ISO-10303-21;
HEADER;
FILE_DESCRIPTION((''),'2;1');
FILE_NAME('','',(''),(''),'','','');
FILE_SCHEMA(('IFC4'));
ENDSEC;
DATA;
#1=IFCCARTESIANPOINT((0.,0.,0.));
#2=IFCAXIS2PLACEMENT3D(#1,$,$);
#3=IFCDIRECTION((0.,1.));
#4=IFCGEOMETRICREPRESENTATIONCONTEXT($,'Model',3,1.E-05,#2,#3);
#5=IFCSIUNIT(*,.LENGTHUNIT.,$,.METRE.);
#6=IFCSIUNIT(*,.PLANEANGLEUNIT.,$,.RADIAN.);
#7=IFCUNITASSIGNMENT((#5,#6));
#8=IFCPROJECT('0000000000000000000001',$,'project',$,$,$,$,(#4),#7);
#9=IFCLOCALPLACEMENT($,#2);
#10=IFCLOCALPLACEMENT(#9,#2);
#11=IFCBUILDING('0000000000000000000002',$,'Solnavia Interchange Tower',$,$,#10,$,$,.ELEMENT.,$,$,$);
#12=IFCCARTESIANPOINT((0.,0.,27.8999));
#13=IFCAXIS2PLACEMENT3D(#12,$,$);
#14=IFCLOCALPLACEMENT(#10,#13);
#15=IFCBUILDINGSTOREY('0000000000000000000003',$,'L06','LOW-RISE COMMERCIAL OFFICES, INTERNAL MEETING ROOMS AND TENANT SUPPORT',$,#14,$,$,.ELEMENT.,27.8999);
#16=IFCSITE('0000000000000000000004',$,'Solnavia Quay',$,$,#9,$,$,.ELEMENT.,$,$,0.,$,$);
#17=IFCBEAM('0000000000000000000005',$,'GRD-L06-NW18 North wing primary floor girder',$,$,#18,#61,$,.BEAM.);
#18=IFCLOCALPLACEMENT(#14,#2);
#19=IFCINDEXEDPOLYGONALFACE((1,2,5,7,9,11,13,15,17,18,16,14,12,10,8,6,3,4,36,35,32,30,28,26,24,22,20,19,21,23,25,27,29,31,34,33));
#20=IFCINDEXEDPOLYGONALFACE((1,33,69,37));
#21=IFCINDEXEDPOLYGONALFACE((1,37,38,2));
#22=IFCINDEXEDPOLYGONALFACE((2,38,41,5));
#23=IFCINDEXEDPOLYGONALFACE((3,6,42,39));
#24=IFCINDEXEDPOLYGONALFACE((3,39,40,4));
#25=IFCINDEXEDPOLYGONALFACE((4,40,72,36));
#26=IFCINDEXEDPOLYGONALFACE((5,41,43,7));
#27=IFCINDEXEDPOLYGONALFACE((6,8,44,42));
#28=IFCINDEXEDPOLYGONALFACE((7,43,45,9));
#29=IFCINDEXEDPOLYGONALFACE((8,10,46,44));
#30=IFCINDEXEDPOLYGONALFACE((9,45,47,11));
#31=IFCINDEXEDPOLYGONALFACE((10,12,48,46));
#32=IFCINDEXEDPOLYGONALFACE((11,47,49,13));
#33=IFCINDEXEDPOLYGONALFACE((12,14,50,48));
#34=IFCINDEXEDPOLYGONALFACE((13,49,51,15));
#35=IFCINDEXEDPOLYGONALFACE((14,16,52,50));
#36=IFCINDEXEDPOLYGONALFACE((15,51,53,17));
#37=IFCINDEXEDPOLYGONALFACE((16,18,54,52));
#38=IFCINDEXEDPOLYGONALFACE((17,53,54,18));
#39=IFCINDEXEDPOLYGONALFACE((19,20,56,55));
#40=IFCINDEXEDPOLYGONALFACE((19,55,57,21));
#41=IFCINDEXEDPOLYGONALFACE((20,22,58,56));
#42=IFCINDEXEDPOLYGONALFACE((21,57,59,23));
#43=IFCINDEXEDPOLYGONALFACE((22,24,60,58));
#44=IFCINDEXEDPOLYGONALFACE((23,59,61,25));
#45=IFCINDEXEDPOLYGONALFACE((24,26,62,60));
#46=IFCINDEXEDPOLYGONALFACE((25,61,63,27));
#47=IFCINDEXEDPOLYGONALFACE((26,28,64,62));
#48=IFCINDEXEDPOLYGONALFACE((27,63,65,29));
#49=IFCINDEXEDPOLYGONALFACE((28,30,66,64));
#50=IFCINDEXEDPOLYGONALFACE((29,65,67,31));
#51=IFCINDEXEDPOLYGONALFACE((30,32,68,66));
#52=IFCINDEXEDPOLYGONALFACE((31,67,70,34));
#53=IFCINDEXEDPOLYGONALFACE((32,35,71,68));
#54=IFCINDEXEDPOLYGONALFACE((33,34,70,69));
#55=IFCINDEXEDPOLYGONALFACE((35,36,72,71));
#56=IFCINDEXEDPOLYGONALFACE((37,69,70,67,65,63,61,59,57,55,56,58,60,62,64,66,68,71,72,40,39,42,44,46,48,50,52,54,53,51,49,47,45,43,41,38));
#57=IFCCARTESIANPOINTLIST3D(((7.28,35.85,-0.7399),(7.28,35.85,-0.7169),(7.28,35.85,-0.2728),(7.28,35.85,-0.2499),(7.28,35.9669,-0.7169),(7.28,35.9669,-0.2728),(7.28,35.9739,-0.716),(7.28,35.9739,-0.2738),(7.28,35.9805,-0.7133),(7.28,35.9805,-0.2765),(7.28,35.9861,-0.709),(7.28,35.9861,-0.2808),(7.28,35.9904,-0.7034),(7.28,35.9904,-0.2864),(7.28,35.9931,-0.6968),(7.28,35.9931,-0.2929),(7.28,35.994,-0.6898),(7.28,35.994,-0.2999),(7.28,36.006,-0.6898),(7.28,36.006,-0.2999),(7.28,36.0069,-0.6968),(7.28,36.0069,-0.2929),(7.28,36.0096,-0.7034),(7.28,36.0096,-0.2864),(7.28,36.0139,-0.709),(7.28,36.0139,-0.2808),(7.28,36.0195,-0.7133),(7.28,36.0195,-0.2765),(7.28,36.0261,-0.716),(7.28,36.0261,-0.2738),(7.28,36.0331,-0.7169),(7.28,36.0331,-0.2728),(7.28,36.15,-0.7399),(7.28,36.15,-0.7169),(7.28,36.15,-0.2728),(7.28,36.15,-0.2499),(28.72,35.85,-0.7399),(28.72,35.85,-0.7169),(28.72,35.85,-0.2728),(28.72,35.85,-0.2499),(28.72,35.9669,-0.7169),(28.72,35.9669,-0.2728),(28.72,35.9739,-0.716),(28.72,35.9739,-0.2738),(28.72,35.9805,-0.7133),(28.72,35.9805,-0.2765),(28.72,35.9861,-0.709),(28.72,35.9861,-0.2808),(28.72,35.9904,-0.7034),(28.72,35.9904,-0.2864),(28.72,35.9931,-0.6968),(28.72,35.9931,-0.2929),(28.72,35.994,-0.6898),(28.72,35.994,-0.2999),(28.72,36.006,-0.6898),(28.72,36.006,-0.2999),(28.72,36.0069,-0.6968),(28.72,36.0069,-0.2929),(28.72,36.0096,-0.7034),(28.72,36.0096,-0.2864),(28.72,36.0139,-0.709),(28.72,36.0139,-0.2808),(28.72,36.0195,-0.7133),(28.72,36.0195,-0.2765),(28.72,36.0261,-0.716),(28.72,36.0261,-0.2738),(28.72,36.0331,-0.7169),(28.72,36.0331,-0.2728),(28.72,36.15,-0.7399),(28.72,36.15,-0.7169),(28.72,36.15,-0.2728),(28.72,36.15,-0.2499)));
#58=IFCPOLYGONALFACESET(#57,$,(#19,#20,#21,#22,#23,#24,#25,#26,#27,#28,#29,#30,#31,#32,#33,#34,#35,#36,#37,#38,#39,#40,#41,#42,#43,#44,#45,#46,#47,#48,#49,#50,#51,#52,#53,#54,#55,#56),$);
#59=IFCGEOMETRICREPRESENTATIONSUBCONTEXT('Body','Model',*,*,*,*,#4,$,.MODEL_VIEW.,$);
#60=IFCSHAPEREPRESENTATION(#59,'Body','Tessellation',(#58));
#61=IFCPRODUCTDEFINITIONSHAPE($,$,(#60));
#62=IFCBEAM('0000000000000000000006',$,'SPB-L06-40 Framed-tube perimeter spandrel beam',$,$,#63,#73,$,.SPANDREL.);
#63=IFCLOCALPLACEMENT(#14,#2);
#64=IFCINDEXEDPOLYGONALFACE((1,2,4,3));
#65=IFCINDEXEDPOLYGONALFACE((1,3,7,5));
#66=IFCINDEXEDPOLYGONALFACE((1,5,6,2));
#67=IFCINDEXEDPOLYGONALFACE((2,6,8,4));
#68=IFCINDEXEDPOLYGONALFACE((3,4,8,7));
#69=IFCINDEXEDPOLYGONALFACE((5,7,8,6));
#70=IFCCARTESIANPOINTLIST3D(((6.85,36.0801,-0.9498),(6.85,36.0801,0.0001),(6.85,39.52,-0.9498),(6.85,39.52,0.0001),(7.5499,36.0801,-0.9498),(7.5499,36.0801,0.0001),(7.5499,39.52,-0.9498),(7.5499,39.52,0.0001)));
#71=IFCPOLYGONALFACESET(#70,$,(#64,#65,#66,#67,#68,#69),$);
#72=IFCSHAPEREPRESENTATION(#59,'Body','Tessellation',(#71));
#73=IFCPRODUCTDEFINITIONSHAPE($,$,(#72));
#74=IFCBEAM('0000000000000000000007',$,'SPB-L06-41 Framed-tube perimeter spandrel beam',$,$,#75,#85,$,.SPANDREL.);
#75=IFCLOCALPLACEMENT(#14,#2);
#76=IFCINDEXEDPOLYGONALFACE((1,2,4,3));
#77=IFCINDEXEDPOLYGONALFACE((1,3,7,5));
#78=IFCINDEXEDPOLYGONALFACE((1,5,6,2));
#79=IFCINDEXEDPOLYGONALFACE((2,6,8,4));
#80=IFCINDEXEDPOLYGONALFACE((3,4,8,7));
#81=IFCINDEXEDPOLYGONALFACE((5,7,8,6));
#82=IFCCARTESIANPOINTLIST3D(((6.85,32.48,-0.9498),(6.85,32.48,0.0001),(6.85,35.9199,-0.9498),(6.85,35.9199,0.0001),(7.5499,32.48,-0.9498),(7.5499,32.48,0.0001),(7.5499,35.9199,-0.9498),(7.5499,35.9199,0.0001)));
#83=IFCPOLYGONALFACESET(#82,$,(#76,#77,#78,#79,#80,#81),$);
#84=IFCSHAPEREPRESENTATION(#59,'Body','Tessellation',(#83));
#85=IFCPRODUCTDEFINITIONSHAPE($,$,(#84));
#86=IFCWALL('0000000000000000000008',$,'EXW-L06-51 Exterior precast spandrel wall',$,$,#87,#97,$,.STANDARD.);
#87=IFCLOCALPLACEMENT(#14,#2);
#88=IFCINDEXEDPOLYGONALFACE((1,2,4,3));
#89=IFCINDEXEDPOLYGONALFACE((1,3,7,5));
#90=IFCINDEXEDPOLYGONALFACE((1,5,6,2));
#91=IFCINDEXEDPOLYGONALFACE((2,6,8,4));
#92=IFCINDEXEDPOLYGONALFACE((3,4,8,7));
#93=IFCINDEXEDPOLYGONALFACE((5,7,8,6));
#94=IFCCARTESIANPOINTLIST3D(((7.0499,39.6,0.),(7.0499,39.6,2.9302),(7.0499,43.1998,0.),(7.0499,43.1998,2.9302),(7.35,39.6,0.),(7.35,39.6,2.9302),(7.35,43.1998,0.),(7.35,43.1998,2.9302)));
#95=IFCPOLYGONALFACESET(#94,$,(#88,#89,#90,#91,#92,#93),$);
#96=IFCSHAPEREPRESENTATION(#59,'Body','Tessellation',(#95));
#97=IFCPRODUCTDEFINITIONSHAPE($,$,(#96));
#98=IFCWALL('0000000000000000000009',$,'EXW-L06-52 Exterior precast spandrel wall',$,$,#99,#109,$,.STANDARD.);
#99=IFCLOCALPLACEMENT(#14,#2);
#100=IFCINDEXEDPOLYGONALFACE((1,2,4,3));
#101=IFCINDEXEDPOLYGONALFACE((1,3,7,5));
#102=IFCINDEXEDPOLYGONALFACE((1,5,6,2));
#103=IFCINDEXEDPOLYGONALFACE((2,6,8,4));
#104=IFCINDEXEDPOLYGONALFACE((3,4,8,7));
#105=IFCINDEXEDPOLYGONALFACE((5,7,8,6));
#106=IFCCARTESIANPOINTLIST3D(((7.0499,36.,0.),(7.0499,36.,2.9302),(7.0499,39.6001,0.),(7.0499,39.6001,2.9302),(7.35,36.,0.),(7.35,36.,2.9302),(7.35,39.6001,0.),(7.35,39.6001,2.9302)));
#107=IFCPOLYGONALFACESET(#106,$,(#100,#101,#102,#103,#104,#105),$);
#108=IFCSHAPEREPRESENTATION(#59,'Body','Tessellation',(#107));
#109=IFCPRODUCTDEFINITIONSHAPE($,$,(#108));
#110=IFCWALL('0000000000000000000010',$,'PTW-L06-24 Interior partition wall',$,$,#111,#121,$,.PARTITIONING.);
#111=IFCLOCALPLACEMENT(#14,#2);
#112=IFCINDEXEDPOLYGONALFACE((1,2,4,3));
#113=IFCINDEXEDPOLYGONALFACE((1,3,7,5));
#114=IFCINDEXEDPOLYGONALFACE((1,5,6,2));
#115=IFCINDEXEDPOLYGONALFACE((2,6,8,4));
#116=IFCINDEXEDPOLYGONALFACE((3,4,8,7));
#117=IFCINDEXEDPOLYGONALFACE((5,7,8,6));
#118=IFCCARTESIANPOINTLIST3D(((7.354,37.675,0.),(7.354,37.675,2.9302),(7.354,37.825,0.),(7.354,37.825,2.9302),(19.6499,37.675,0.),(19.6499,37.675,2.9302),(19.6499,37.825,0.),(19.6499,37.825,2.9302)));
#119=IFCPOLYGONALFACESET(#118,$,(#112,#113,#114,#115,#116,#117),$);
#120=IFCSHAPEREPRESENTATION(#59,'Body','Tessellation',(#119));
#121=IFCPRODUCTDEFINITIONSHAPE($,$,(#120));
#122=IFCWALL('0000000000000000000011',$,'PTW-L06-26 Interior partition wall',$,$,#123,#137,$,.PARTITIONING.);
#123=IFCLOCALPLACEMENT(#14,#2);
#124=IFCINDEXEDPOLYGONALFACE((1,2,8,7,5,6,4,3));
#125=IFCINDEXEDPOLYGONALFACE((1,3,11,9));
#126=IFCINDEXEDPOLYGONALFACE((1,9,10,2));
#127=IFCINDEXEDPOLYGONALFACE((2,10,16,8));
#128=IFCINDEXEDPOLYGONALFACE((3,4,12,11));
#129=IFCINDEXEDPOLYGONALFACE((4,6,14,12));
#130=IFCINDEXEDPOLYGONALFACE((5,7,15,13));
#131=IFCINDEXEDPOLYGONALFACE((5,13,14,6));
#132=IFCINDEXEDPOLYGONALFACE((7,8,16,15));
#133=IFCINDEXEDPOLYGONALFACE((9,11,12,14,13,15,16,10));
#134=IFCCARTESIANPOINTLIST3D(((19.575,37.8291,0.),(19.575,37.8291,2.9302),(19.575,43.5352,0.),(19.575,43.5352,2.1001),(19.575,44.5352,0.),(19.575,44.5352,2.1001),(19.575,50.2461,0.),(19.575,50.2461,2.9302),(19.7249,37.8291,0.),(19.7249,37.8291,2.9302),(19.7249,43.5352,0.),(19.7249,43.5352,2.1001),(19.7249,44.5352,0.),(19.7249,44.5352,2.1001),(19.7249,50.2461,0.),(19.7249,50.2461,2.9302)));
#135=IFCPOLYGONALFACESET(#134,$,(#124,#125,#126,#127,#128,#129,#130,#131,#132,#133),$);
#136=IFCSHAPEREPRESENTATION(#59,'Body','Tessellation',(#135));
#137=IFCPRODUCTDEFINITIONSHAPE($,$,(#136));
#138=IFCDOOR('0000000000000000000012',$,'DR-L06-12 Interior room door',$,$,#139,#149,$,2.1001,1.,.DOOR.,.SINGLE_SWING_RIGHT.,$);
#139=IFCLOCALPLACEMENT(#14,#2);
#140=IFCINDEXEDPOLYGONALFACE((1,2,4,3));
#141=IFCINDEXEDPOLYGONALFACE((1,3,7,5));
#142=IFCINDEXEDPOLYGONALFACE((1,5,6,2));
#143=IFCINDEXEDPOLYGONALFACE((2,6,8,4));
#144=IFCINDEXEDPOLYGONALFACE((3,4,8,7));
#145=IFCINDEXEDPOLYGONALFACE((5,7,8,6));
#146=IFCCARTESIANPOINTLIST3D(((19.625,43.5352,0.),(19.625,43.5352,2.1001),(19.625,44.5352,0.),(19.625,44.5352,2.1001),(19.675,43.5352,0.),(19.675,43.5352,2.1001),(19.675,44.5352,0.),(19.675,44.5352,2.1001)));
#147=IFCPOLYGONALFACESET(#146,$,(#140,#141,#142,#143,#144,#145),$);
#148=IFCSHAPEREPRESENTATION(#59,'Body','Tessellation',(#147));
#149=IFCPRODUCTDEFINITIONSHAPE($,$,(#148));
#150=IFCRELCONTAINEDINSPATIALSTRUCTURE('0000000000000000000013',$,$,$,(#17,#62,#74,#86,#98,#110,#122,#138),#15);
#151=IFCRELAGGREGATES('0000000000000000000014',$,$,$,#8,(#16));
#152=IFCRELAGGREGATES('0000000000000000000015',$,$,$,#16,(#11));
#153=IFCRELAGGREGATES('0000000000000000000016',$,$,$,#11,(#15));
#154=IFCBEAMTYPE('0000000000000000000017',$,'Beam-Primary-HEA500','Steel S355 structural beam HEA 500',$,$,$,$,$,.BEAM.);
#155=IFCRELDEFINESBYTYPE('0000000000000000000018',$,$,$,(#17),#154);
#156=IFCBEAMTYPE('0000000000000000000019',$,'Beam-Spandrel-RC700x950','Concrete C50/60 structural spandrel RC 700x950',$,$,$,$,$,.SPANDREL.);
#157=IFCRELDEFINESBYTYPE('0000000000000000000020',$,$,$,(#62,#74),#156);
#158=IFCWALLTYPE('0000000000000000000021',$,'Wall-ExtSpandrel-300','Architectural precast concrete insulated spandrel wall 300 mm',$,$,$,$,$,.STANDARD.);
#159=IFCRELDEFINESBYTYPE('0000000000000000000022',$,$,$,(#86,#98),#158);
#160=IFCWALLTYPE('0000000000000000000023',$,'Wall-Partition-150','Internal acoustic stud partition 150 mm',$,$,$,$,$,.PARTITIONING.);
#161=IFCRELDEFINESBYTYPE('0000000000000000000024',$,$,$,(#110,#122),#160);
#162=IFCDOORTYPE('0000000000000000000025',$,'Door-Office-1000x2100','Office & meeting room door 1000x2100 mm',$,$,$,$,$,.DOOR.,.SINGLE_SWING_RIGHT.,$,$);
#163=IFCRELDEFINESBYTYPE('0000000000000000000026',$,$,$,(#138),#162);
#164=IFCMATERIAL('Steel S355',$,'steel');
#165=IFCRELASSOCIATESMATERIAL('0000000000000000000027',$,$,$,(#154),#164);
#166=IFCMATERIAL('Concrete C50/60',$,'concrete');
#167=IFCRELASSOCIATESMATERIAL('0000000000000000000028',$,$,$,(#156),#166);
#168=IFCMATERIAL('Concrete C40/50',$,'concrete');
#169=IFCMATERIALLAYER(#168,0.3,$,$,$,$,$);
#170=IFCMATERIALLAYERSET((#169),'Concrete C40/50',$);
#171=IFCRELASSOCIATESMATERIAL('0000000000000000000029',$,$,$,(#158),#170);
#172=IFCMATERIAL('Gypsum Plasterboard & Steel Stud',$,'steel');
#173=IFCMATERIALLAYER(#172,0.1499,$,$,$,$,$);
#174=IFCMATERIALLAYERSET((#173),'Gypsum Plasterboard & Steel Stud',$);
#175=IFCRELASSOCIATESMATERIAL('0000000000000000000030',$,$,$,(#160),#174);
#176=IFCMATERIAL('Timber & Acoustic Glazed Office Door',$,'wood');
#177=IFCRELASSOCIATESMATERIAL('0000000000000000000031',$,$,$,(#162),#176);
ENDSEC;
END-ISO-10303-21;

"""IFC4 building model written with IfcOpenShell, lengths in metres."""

from ifc_helpers import new_model, si_unit, direction, frame, frame_2d, origin, origin_2d, place, context, subcontext, project, spatial, rectangle, i_section, extrude, material, layer, layer_set, material_profile, profile_set, type_object, element, fill, save


model = new_model("IFC4")

# Units and contexts
model_context = context("Model", 3, precision=1e-05, world=origin(), true_north=direction((0.0, 1.0)))
body_context = subcontext(model_context, "Body", "Model", "MODEL_VIEW")
ifc_project = project(units=[si_unit("LENGTHUNIT", "METRE"), si_unit("PLANEANGLEUNIT", "RADIAN")], contexts=[model_context])

# Site, building, storey
site_placement = place(None, origin())
site = spatial("IfcSite", under=ifc_project, at=site_placement, Name="Solnavia Quay", CompositionType="ELEMENT", RefElevation=0.0)
building_placement = place(site_placement, origin())
building = spatial("IfcBuilding", under=site, at=building_placement, Name="Solnavia Interchange Tower", CompositionType="ELEMENT")
storey_placement = place(building_placement, frame((0.0, 0.0, 27.8999)))
storey = spatial("IfcBuildingStorey", under=building, at=storey_placement, Name="L06", Description="LOW-RISE COMMERCIAL OFFICES, INTERNAL MEETING ROOMS AND TENANT SUPPORT", CompositionType="ELEMENT", Elevation=27.8999)

# Shared definitions
ifc_material_1 = material(Name="Steel S355", Category="steel")

# Beams
ifc_material_profile_1 = material_profile(ifc_material_1, i_section(OverallWidth=0.3, OverallDepth=0.49, WebThickness=0.012, FlangeThickness=0.0229, FilletRadius=0.0271, at=origin_2d()), Name="HEA 500")
ifc_profile_set_1 = profile_set([ifc_material_profile_1], Name="Steel S355")
beam_type_1 = type_object("IfcBeamType", Name="Beam-Primary-HEA500", Description="Steel S355 structural beam HEA 500", PredefinedType="BEAM", material=ifc_profile_set_1)
beam_1_placement = place(storey_placement, frame((7.28, 36.0, -0.4949), z_axis=(1.0, 0.0, 0.0), x_axis=(0.0, 1.0, 0.0)))
element("IfcBeam", 1, at=beam_1_placement, inside=storey, type_object=beam_type_1, Name="GRD-L06-NW18 North wing primary floor girder", PredefinedType="BEAM", context=body_context, shape_type="SweptSolid", body=[
    extrude(i_section(OverallWidth=0.3, OverallDepth=0.49, WebThickness=0.012, FlangeThickness=0.0229, FilletRadius=0.0271, at=origin_2d()), origin(), (0.0, 0.0, 1.0), 21.4399),
])
ifc_material_2 = material(Name="Concrete C50/60", Category="concrete")
ifc_material_profile_2 = material_profile(ifc_material_2, rectangle(XDim=0.7, YDim=0.95, at=origin_2d()), Name="RC 700x950")
ifc_profile_set_2 = profile_set([ifc_material_profile_2], Name="Concrete C50/60")
beam_type_2 = type_object("IfcBeamType", Name="Beam-Spandrel-RC700x950", Description="Concrete C50/60 structural spandrel RC 700x950", PredefinedType="SPANDREL", material=ifc_profile_set_2)
for number, where, z_axis, x_axis, name in (
    (2, (7.2, 39.52, -0.4749), (0.0, -1.0, 0.0), (1.0, 0.0, 0.0), "SPB-L06-40 Framed-tube perimeter spandrel beam"),
    (3, (7.2, 35.9199, -0.4749), (0.0, -1.0, 0.0), (1.0, 0.0, 0.0), "SPB-L06-41 Framed-tube perimeter spandrel beam"),
):
    element("IfcBeam", number, at=place(storey_placement, frame(where, z_axis=z_axis, x_axis=x_axis)), inside=storey, type_object=beam_type_2, Name=name, PredefinedType="SPANDREL", context=body_context, shape_type="SweptSolid", body=[
        extrude(rectangle(XDim=0.7, YDim=0.95, at=origin_2d()), origin(), (0.0, 0.0, 1.0), 3.4399),
    ])

# Walls
ifc_material_3 = material(Name="Concrete C40/50", Category="concrete")
ifc_layer_1 = layer(ifc_material_3, 0.3)
ifc_layer_set_1 = layer_set([ifc_layer_1], Name="Concrete C40/50")
wall_type_1 = type_object("IfcWallType", Name="Wall-ExtSpandrel-300", Description="Architectural precast concrete insulated spandrel wall 300 mm", PredefinedType="STANDARD", material=ifc_layer_set_1)
wall_1_placement = place(storey_placement, frame((7.2, 39.6001, 0.0), z_axis=(0.0, 0.0, 1.0), x_axis=(0.0, 1.0, 0.0)))
element("IfcWall", 4, at=wall_1_placement, inside=storey, type_object=wall_type_1, Name="EXW-L06-51 Exterior precast spandrel wall", PredefinedType="STANDARD", context=body_context, shape_type="SweptSolid", body=[
    extrude(rectangle(XDim=3.5999, YDim=0.3, at=frame_2d((1.7998, 0.0))), origin(), (0.0, 0.0, 1.0), 2.9302),
])
wall_2_placement = place(storey_placement, frame((7.2, 36.0, 0.0), z_axis=(0.0, 0.0, 1.0), x_axis=(0.0, 1.0, 0.0)))
element("IfcWall", 5, at=wall_2_placement, inside=storey, type_object=wall_type_1, Name="EXW-L06-52 Exterior precast spandrel wall", PredefinedType="STANDARD", context=body_context, shape_type="SweptSolid", body=[
    extrude(rectangle(XDim=3.6001, YDim=0.3, at=frame_2d((1.8, 0.0))), origin(), (0.0, 0.0, 1.0), 2.9302),
])
ifc_material_4 = material(Name="Gypsum Plasterboard & Steel Stud", Category="steel")
ifc_layer_2 = layer(ifc_material_4, 0.1499)
ifc_layer_set_2 = layer_set([ifc_layer_2], Name="Gypsum Plasterboard & Steel Stud")
wall_type_2 = type_object("IfcWallType", Name="Wall-Partition-150", Description="Internal acoustic stud partition 150 mm", PredefinedType="PARTITIONING", material=ifc_layer_set_2)
wall_3_placement = place(storey_placement, frame((7.354, 37.75, 0.0), z_axis=(0.0, 0.0, 1.0), x_axis=(1.0, 0.0, 0.0)))
element("IfcWall", 6, at=wall_3_placement, inside=storey, type_object=wall_type_2, Name="PTW-L06-24 Interior partition wall", PredefinedType="PARTITIONING", context=body_context, shape_type="SweptSolid", body=[
    extrude(rectangle(XDim=12.2959, YDim=0.1499, at=frame_2d((6.1479, 0.0))), origin(), (0.0, 0.0, 1.0), 2.9302),
])

# Wall, opening, door
wall_4_placement = place(storey_placement, frame((19.6499, 37.8291, 0.0), z_axis=(0.0, 0.0, 1.0), x_axis=(0.0, 1.0, 0.0)))
wall_4 = element("IfcWall", 7, at=wall_4_placement, inside=storey, type_object=wall_type_2, Name="PTW-L06-26 Interior partition wall", PredefinedType="PARTITIONING", context=body_context, shape_type="SweptSolid", body=[
    extrude(rectangle(XDim=12.417, YDim=0.1499, at=frame_2d((6.2085, 0.0))), origin(), (0.0, 0.0, 1.0), 2.9302),
])
opening_placement = place(wall_4_placement, frame((5.7061, 0.0, 0.0)))
opening = element("IfcOpeningElement", 8, at=opening_placement, cuts=wall_4, PredefinedType="OPENING", context=body_context, shape_type="SweptSolid", body=[
    extrude(rectangle(XDim=1.0, YDim=2.1001, at=frame_2d((0.5, 1.05))), frame((0.0, 0.085, 0.0), z_axis=(0.0, -1.0, 0.0), x_axis=(1.0, 0.0, 0.0)), (0.0, 0.0, 1.0), 0.1699),
])
ifc_material_5 = material(Name="Timber & Acoustic Glazed Office Door", Category="wood")
door_type = type_object("IfcDoorType", Name="Door-Office-1000x2100", Description="Office & meeting room door 1000x2100 mm", OperationType="SINGLE_SWING_RIGHT", PredefinedType="DOOR", material=ifc_material_5)
door_placement = place(opening_placement, origin())
door = element("IfcDoor", 9, at=door_placement, inside=storey, type_object=door_type, Name="DR-L06-12 Interior room door", OperationType="SINGLE_SWING_RIGHT", OverallHeight=2.1001, OverallWidth=1.0, PredefinedType="DOOR", context=body_context, shape_type="SweptSolid", body=[
    extrude(rectangle(XDim=1.0, YDim=2.1001, at=frame_2d((0.5, 1.05))), frame((0.0, 0.0249, 0.0), z_axis=(0.0, -1.0, 0.0), x_axis=(1.0, 0.0, 0.0)), (0.0, 0.0, 1.0), 0.05),
])
fill(opening, door)

save(model, "model.ifc")
